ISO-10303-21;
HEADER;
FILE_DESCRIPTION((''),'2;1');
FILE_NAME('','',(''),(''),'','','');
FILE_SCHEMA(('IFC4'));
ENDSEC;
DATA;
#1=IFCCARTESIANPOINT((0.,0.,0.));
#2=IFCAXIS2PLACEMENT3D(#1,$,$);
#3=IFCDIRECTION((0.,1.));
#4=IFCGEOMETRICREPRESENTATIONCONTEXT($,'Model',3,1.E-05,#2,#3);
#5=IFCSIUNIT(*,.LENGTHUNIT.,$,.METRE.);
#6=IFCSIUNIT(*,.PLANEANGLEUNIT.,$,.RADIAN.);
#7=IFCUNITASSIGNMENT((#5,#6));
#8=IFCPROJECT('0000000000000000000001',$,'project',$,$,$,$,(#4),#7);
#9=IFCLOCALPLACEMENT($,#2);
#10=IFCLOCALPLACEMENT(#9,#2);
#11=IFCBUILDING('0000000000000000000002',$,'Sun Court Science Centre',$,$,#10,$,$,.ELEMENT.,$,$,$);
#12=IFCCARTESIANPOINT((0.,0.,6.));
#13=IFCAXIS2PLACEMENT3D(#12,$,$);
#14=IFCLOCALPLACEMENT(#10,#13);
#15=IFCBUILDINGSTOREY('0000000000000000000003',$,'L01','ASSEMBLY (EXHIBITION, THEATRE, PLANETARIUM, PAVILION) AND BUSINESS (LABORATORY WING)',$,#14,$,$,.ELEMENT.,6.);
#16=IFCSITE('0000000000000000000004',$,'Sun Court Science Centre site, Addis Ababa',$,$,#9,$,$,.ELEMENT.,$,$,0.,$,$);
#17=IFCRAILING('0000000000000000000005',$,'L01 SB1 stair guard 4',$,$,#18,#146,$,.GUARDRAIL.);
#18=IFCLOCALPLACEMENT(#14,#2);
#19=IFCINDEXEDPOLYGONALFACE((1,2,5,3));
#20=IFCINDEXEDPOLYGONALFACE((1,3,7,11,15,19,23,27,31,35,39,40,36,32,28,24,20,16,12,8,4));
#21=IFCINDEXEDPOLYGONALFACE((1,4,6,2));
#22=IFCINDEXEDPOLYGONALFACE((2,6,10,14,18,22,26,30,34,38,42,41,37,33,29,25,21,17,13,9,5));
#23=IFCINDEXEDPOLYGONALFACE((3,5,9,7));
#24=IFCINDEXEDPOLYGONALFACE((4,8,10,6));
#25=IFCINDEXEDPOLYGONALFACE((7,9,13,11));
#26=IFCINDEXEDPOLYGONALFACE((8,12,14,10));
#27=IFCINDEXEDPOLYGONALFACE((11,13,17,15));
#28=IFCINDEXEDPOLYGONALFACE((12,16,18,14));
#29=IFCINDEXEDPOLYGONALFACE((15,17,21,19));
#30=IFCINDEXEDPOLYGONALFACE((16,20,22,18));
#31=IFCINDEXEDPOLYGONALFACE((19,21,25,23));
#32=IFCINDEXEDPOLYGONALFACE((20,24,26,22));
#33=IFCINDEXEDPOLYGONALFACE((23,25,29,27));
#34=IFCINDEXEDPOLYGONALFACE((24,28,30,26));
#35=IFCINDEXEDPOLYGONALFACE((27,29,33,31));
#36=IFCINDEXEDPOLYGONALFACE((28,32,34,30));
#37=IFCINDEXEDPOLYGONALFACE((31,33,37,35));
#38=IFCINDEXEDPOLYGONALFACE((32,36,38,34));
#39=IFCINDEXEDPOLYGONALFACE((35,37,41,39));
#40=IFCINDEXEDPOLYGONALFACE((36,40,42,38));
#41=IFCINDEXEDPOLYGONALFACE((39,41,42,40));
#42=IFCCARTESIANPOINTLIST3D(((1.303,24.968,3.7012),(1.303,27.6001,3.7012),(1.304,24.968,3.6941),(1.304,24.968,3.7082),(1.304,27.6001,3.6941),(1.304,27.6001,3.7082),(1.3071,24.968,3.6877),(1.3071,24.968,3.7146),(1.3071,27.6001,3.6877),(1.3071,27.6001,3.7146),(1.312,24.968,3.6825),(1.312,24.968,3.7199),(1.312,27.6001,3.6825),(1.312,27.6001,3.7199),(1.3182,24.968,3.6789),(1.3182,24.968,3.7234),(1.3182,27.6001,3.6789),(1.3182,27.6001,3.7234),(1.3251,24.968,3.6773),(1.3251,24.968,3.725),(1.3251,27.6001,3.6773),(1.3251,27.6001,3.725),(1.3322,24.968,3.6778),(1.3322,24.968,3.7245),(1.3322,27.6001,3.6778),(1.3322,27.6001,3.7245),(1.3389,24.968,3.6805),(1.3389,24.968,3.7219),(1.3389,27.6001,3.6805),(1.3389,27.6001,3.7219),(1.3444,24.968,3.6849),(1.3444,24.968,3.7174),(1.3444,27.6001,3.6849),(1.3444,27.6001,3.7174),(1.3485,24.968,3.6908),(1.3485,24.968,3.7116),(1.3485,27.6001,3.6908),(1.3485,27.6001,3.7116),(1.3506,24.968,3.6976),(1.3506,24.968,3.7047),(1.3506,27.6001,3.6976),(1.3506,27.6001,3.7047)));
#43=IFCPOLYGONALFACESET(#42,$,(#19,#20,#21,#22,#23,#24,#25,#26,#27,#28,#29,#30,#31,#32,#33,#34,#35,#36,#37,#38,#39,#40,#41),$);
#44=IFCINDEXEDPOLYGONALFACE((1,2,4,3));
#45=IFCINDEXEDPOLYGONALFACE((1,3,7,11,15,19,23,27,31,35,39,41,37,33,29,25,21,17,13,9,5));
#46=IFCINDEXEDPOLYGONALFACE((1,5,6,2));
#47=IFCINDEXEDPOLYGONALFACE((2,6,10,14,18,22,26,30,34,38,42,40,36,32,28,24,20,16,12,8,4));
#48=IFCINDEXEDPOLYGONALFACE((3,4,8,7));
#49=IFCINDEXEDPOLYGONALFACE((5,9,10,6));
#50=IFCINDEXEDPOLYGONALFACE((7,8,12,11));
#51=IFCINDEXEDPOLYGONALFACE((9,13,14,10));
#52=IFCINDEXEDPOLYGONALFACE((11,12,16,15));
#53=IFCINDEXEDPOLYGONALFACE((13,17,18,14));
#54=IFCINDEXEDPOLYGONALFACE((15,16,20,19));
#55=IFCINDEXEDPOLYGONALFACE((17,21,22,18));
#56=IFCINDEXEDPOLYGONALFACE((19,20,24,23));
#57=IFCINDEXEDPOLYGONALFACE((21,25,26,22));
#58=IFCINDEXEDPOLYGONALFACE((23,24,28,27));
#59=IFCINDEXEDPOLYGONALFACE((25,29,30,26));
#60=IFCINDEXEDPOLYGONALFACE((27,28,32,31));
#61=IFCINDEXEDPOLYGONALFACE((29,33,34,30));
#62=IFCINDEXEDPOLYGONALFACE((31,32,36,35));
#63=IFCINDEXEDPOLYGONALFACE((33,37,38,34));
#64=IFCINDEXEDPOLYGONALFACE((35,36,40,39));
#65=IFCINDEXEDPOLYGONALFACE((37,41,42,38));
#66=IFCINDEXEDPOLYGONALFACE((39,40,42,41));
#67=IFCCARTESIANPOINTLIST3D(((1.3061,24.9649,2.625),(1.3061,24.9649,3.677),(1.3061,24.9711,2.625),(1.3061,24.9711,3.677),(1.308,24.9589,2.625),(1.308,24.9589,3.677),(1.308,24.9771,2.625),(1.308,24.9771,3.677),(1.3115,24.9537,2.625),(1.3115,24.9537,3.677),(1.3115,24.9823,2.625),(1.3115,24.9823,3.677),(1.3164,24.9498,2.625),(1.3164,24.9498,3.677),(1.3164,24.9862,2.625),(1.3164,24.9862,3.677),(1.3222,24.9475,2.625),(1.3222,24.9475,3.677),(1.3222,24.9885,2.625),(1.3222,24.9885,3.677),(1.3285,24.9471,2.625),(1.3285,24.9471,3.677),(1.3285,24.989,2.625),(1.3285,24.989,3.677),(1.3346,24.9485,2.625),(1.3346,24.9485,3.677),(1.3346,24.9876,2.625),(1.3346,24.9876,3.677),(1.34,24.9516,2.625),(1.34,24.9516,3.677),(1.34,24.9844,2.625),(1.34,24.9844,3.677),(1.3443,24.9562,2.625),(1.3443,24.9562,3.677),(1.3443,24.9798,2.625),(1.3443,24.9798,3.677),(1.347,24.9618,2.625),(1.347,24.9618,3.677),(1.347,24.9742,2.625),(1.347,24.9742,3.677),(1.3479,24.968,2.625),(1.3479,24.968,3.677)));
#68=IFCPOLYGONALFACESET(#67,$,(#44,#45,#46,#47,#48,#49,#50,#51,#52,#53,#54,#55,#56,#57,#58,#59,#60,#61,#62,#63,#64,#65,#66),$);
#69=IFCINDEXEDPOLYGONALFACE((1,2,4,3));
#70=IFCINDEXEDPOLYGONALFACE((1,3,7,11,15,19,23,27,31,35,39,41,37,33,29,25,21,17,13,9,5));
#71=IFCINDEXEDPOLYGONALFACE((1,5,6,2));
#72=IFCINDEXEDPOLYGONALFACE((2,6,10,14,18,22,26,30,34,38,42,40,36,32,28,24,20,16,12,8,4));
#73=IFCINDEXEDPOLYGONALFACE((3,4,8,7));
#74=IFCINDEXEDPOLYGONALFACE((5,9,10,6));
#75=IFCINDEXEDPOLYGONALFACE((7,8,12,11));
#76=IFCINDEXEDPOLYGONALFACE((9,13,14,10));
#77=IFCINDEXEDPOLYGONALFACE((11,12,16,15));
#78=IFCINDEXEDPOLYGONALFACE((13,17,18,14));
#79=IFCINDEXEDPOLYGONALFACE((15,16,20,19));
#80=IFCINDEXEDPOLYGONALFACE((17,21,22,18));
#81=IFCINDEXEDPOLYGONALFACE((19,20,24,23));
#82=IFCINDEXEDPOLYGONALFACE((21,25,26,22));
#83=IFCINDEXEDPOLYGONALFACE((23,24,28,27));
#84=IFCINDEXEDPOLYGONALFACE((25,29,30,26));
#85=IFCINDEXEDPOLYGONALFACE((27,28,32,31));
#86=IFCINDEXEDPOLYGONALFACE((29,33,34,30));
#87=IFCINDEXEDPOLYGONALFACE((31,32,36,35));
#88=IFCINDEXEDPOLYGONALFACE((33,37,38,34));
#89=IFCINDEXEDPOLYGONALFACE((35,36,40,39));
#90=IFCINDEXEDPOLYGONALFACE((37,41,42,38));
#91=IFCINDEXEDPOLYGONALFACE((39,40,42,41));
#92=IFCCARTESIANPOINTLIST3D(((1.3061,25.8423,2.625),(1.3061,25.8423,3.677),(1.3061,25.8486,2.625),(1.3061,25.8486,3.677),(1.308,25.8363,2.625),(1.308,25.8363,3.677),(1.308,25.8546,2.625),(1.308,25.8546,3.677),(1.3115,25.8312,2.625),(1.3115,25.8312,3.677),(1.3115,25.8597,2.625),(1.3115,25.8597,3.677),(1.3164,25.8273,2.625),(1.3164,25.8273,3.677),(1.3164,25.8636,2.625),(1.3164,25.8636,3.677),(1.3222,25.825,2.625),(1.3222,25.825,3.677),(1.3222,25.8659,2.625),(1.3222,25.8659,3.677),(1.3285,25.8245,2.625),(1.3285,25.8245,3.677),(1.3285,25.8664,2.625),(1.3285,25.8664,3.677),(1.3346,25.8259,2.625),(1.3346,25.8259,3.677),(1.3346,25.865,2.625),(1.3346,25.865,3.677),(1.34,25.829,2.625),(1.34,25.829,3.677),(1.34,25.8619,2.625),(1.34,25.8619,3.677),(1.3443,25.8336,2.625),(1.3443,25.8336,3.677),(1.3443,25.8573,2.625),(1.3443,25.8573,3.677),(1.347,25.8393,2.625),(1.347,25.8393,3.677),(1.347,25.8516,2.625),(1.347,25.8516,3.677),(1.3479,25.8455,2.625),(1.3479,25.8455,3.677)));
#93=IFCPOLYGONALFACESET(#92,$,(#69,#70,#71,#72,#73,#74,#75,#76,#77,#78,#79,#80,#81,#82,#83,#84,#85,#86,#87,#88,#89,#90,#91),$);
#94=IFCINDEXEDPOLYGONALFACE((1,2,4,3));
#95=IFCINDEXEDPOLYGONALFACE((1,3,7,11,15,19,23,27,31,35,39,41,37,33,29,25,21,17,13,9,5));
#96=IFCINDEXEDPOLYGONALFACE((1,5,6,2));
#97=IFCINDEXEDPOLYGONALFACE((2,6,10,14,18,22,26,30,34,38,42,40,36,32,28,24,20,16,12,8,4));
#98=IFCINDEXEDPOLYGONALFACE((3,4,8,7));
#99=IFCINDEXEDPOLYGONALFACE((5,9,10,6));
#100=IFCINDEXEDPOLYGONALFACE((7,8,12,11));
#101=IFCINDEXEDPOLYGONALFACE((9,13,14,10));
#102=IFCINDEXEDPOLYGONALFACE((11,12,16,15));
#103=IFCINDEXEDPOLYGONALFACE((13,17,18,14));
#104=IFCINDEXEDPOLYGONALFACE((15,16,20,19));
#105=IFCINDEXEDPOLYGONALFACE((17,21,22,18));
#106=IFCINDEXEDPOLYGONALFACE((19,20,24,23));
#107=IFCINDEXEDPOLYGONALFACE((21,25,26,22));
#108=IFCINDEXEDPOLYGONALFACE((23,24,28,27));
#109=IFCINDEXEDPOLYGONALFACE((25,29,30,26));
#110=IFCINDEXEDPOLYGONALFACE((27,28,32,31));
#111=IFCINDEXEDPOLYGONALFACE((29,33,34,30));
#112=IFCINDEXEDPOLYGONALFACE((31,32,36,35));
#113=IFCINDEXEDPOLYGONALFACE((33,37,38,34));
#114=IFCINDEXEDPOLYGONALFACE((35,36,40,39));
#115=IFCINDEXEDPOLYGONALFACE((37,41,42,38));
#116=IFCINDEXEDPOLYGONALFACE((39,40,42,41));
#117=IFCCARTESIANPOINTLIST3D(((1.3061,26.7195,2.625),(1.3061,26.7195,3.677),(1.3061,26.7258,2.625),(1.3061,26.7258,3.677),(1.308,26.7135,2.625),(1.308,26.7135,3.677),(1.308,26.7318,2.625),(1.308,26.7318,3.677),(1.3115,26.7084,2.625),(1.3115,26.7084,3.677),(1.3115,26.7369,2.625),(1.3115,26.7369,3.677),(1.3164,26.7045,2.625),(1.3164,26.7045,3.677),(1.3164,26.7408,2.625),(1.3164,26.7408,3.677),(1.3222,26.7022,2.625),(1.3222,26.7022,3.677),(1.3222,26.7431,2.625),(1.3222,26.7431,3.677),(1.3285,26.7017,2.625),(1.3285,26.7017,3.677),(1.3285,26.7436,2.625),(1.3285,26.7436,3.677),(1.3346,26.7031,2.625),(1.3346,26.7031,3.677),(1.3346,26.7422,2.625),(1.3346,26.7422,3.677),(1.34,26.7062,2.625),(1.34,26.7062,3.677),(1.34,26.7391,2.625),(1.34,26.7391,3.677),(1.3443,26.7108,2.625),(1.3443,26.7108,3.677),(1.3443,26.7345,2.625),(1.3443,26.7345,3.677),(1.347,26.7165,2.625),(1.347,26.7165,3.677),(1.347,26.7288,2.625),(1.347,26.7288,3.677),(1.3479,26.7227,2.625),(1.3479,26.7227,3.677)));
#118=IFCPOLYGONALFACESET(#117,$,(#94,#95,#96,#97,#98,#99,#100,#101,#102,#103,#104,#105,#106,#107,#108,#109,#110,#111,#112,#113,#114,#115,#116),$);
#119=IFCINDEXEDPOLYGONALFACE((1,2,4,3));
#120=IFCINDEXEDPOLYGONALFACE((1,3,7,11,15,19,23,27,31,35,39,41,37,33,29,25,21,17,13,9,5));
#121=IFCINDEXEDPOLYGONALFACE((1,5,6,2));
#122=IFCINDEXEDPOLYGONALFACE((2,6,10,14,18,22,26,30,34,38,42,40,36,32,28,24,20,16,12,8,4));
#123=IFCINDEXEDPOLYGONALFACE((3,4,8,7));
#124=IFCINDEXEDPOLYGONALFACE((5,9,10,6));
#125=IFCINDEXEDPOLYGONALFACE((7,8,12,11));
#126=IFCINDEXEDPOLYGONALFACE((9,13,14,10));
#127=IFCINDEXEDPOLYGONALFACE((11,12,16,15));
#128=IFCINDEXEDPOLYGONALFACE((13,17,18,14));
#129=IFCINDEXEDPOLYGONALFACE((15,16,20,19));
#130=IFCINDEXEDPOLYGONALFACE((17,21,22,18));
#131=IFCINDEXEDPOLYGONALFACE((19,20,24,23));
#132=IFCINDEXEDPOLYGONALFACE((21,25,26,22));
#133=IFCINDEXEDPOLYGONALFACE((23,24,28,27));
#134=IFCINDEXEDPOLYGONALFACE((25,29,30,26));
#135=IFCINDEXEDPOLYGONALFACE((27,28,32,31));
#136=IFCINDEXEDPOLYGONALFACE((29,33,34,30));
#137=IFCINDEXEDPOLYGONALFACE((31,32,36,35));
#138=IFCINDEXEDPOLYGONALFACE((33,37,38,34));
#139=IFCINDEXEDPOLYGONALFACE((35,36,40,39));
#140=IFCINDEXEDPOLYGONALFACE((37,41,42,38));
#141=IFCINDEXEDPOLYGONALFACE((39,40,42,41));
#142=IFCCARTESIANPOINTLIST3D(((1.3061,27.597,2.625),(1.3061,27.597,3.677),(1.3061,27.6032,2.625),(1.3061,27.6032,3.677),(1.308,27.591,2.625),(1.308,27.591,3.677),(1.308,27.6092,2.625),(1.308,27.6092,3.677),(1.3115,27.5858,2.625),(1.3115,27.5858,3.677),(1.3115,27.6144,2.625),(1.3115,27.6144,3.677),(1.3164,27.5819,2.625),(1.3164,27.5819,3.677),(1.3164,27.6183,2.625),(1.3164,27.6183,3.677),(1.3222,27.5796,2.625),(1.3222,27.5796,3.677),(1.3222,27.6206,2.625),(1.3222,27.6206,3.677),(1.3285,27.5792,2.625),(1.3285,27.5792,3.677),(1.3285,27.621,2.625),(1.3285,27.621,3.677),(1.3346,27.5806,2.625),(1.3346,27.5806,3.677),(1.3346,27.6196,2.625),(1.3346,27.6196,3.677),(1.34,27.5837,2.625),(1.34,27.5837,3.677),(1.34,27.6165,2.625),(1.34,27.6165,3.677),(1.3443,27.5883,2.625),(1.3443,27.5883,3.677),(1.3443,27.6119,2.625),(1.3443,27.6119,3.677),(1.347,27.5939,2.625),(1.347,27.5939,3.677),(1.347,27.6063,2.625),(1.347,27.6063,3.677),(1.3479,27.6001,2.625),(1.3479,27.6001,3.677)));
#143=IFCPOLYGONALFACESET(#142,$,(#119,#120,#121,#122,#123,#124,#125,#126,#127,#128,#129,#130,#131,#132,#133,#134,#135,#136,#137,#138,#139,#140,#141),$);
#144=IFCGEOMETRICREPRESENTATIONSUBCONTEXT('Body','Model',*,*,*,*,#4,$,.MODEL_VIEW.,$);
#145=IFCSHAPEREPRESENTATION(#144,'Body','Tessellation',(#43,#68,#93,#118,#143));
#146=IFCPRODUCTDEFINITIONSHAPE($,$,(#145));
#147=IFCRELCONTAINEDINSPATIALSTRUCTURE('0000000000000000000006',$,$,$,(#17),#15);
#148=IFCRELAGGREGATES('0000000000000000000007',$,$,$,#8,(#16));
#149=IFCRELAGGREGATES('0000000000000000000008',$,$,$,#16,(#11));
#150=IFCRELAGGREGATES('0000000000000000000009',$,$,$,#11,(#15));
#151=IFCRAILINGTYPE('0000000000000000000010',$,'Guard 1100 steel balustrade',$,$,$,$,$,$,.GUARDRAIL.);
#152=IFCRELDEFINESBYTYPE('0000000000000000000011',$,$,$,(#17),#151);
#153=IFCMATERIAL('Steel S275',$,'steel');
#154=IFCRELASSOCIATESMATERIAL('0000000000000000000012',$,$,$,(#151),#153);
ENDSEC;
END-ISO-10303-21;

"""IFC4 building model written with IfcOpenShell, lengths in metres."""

from ifc_helpers import new_model, si_unit, direction, frame, origin, origin_2d, place, context, subcontext, project, spatial, circle, extrude, material, type_object, element, save


model = new_model("IFC4")

# Units and contexts
model_context = context("Model", 3, precision=1e-05, world=origin(), true_north=direction((0.0, 1.0)))
body_context = subcontext(model_context, "Body", "Model", "MODEL_VIEW")
ifc_project = project(units=[si_unit("LENGTHUNIT", "METRE"), si_unit("PLANEANGLEUNIT", "RADIAN")], contexts=[model_context])

# Site, building, storey
site_placement = place(None, origin())
site = spatial("IfcSite", under=ifc_project, at=site_placement, Name="Sun Court Science Centre site, Addis Ababa", CompositionType="ELEMENT", RefElevation=0.0)
building_placement = place(site_placement, origin())
building = spatial("IfcBuilding", under=site, at=building_placement, Name="Sun Court Science Centre", CompositionType="ELEMENT")
storey_placement = place(building_placement, frame((0.0, 0.0, 6.0)))
storey = spatial("IfcBuildingStorey", under=building, at=storey_placement, Name="L01", Description="ASSEMBLY (EXHIBITION, THEATRE, PLANETARIUM, PAVILION) AND BUSINESS (LABORATORY WING)", CompositionType="ELEMENT", Elevation=6.0)

# Railing
ifc_material_1 = material(Name="Steel S275", Category="steel")
railing_type_1 = type_object("IfcRailingType", Name="Guard 1100 steel balustrade", PredefinedType="GUARDRAIL", material=ifc_material_1)
for number, where, name in (
    (1, (1.3269, 24.968, 2.625), "L01 SB1 stair guard 4"),
):
    element("IfcRailing", number, at=place(storey_placement, frame(where)), inside=storey, type_object=railing_type_1, Name=name, PredefinedType="GUARDRAIL", context=body_context, shape_type="SweptSolid", body=[
        extrude(circle(Radius=0.0239, at=origin_2d()), frame((0.0, 0.0, 1.0762), z_axis=(0.0, 1.0, 0.0), x_axis=(-1.0, 0.0, 0.0)), (0.0, 0.0, 1.0), 2.6321),
        extrude(circle(Radius=0.021, at=origin_2d()), origin(), (0.0, 0.0, 1.0), 1.052),
        extrude(circle(Radius=0.021, at=origin_2d()), frame((0.0, 0.8774, 0.0)), (0.0, 0.0, 1.0), 1.052),
        extrude(circle(Radius=0.021, at=origin_2d()), frame((0.0, 1.7546, 0.0)), (0.0, 0.0, 1.0), 1.052),
        extrude(circle(Radius=0.021, at=origin_2d()), frame((0.0, 2.6321, 0.0)), (0.0, 0.0, 1.0), 1.052),
    ])

save(model, "model.ifc")
